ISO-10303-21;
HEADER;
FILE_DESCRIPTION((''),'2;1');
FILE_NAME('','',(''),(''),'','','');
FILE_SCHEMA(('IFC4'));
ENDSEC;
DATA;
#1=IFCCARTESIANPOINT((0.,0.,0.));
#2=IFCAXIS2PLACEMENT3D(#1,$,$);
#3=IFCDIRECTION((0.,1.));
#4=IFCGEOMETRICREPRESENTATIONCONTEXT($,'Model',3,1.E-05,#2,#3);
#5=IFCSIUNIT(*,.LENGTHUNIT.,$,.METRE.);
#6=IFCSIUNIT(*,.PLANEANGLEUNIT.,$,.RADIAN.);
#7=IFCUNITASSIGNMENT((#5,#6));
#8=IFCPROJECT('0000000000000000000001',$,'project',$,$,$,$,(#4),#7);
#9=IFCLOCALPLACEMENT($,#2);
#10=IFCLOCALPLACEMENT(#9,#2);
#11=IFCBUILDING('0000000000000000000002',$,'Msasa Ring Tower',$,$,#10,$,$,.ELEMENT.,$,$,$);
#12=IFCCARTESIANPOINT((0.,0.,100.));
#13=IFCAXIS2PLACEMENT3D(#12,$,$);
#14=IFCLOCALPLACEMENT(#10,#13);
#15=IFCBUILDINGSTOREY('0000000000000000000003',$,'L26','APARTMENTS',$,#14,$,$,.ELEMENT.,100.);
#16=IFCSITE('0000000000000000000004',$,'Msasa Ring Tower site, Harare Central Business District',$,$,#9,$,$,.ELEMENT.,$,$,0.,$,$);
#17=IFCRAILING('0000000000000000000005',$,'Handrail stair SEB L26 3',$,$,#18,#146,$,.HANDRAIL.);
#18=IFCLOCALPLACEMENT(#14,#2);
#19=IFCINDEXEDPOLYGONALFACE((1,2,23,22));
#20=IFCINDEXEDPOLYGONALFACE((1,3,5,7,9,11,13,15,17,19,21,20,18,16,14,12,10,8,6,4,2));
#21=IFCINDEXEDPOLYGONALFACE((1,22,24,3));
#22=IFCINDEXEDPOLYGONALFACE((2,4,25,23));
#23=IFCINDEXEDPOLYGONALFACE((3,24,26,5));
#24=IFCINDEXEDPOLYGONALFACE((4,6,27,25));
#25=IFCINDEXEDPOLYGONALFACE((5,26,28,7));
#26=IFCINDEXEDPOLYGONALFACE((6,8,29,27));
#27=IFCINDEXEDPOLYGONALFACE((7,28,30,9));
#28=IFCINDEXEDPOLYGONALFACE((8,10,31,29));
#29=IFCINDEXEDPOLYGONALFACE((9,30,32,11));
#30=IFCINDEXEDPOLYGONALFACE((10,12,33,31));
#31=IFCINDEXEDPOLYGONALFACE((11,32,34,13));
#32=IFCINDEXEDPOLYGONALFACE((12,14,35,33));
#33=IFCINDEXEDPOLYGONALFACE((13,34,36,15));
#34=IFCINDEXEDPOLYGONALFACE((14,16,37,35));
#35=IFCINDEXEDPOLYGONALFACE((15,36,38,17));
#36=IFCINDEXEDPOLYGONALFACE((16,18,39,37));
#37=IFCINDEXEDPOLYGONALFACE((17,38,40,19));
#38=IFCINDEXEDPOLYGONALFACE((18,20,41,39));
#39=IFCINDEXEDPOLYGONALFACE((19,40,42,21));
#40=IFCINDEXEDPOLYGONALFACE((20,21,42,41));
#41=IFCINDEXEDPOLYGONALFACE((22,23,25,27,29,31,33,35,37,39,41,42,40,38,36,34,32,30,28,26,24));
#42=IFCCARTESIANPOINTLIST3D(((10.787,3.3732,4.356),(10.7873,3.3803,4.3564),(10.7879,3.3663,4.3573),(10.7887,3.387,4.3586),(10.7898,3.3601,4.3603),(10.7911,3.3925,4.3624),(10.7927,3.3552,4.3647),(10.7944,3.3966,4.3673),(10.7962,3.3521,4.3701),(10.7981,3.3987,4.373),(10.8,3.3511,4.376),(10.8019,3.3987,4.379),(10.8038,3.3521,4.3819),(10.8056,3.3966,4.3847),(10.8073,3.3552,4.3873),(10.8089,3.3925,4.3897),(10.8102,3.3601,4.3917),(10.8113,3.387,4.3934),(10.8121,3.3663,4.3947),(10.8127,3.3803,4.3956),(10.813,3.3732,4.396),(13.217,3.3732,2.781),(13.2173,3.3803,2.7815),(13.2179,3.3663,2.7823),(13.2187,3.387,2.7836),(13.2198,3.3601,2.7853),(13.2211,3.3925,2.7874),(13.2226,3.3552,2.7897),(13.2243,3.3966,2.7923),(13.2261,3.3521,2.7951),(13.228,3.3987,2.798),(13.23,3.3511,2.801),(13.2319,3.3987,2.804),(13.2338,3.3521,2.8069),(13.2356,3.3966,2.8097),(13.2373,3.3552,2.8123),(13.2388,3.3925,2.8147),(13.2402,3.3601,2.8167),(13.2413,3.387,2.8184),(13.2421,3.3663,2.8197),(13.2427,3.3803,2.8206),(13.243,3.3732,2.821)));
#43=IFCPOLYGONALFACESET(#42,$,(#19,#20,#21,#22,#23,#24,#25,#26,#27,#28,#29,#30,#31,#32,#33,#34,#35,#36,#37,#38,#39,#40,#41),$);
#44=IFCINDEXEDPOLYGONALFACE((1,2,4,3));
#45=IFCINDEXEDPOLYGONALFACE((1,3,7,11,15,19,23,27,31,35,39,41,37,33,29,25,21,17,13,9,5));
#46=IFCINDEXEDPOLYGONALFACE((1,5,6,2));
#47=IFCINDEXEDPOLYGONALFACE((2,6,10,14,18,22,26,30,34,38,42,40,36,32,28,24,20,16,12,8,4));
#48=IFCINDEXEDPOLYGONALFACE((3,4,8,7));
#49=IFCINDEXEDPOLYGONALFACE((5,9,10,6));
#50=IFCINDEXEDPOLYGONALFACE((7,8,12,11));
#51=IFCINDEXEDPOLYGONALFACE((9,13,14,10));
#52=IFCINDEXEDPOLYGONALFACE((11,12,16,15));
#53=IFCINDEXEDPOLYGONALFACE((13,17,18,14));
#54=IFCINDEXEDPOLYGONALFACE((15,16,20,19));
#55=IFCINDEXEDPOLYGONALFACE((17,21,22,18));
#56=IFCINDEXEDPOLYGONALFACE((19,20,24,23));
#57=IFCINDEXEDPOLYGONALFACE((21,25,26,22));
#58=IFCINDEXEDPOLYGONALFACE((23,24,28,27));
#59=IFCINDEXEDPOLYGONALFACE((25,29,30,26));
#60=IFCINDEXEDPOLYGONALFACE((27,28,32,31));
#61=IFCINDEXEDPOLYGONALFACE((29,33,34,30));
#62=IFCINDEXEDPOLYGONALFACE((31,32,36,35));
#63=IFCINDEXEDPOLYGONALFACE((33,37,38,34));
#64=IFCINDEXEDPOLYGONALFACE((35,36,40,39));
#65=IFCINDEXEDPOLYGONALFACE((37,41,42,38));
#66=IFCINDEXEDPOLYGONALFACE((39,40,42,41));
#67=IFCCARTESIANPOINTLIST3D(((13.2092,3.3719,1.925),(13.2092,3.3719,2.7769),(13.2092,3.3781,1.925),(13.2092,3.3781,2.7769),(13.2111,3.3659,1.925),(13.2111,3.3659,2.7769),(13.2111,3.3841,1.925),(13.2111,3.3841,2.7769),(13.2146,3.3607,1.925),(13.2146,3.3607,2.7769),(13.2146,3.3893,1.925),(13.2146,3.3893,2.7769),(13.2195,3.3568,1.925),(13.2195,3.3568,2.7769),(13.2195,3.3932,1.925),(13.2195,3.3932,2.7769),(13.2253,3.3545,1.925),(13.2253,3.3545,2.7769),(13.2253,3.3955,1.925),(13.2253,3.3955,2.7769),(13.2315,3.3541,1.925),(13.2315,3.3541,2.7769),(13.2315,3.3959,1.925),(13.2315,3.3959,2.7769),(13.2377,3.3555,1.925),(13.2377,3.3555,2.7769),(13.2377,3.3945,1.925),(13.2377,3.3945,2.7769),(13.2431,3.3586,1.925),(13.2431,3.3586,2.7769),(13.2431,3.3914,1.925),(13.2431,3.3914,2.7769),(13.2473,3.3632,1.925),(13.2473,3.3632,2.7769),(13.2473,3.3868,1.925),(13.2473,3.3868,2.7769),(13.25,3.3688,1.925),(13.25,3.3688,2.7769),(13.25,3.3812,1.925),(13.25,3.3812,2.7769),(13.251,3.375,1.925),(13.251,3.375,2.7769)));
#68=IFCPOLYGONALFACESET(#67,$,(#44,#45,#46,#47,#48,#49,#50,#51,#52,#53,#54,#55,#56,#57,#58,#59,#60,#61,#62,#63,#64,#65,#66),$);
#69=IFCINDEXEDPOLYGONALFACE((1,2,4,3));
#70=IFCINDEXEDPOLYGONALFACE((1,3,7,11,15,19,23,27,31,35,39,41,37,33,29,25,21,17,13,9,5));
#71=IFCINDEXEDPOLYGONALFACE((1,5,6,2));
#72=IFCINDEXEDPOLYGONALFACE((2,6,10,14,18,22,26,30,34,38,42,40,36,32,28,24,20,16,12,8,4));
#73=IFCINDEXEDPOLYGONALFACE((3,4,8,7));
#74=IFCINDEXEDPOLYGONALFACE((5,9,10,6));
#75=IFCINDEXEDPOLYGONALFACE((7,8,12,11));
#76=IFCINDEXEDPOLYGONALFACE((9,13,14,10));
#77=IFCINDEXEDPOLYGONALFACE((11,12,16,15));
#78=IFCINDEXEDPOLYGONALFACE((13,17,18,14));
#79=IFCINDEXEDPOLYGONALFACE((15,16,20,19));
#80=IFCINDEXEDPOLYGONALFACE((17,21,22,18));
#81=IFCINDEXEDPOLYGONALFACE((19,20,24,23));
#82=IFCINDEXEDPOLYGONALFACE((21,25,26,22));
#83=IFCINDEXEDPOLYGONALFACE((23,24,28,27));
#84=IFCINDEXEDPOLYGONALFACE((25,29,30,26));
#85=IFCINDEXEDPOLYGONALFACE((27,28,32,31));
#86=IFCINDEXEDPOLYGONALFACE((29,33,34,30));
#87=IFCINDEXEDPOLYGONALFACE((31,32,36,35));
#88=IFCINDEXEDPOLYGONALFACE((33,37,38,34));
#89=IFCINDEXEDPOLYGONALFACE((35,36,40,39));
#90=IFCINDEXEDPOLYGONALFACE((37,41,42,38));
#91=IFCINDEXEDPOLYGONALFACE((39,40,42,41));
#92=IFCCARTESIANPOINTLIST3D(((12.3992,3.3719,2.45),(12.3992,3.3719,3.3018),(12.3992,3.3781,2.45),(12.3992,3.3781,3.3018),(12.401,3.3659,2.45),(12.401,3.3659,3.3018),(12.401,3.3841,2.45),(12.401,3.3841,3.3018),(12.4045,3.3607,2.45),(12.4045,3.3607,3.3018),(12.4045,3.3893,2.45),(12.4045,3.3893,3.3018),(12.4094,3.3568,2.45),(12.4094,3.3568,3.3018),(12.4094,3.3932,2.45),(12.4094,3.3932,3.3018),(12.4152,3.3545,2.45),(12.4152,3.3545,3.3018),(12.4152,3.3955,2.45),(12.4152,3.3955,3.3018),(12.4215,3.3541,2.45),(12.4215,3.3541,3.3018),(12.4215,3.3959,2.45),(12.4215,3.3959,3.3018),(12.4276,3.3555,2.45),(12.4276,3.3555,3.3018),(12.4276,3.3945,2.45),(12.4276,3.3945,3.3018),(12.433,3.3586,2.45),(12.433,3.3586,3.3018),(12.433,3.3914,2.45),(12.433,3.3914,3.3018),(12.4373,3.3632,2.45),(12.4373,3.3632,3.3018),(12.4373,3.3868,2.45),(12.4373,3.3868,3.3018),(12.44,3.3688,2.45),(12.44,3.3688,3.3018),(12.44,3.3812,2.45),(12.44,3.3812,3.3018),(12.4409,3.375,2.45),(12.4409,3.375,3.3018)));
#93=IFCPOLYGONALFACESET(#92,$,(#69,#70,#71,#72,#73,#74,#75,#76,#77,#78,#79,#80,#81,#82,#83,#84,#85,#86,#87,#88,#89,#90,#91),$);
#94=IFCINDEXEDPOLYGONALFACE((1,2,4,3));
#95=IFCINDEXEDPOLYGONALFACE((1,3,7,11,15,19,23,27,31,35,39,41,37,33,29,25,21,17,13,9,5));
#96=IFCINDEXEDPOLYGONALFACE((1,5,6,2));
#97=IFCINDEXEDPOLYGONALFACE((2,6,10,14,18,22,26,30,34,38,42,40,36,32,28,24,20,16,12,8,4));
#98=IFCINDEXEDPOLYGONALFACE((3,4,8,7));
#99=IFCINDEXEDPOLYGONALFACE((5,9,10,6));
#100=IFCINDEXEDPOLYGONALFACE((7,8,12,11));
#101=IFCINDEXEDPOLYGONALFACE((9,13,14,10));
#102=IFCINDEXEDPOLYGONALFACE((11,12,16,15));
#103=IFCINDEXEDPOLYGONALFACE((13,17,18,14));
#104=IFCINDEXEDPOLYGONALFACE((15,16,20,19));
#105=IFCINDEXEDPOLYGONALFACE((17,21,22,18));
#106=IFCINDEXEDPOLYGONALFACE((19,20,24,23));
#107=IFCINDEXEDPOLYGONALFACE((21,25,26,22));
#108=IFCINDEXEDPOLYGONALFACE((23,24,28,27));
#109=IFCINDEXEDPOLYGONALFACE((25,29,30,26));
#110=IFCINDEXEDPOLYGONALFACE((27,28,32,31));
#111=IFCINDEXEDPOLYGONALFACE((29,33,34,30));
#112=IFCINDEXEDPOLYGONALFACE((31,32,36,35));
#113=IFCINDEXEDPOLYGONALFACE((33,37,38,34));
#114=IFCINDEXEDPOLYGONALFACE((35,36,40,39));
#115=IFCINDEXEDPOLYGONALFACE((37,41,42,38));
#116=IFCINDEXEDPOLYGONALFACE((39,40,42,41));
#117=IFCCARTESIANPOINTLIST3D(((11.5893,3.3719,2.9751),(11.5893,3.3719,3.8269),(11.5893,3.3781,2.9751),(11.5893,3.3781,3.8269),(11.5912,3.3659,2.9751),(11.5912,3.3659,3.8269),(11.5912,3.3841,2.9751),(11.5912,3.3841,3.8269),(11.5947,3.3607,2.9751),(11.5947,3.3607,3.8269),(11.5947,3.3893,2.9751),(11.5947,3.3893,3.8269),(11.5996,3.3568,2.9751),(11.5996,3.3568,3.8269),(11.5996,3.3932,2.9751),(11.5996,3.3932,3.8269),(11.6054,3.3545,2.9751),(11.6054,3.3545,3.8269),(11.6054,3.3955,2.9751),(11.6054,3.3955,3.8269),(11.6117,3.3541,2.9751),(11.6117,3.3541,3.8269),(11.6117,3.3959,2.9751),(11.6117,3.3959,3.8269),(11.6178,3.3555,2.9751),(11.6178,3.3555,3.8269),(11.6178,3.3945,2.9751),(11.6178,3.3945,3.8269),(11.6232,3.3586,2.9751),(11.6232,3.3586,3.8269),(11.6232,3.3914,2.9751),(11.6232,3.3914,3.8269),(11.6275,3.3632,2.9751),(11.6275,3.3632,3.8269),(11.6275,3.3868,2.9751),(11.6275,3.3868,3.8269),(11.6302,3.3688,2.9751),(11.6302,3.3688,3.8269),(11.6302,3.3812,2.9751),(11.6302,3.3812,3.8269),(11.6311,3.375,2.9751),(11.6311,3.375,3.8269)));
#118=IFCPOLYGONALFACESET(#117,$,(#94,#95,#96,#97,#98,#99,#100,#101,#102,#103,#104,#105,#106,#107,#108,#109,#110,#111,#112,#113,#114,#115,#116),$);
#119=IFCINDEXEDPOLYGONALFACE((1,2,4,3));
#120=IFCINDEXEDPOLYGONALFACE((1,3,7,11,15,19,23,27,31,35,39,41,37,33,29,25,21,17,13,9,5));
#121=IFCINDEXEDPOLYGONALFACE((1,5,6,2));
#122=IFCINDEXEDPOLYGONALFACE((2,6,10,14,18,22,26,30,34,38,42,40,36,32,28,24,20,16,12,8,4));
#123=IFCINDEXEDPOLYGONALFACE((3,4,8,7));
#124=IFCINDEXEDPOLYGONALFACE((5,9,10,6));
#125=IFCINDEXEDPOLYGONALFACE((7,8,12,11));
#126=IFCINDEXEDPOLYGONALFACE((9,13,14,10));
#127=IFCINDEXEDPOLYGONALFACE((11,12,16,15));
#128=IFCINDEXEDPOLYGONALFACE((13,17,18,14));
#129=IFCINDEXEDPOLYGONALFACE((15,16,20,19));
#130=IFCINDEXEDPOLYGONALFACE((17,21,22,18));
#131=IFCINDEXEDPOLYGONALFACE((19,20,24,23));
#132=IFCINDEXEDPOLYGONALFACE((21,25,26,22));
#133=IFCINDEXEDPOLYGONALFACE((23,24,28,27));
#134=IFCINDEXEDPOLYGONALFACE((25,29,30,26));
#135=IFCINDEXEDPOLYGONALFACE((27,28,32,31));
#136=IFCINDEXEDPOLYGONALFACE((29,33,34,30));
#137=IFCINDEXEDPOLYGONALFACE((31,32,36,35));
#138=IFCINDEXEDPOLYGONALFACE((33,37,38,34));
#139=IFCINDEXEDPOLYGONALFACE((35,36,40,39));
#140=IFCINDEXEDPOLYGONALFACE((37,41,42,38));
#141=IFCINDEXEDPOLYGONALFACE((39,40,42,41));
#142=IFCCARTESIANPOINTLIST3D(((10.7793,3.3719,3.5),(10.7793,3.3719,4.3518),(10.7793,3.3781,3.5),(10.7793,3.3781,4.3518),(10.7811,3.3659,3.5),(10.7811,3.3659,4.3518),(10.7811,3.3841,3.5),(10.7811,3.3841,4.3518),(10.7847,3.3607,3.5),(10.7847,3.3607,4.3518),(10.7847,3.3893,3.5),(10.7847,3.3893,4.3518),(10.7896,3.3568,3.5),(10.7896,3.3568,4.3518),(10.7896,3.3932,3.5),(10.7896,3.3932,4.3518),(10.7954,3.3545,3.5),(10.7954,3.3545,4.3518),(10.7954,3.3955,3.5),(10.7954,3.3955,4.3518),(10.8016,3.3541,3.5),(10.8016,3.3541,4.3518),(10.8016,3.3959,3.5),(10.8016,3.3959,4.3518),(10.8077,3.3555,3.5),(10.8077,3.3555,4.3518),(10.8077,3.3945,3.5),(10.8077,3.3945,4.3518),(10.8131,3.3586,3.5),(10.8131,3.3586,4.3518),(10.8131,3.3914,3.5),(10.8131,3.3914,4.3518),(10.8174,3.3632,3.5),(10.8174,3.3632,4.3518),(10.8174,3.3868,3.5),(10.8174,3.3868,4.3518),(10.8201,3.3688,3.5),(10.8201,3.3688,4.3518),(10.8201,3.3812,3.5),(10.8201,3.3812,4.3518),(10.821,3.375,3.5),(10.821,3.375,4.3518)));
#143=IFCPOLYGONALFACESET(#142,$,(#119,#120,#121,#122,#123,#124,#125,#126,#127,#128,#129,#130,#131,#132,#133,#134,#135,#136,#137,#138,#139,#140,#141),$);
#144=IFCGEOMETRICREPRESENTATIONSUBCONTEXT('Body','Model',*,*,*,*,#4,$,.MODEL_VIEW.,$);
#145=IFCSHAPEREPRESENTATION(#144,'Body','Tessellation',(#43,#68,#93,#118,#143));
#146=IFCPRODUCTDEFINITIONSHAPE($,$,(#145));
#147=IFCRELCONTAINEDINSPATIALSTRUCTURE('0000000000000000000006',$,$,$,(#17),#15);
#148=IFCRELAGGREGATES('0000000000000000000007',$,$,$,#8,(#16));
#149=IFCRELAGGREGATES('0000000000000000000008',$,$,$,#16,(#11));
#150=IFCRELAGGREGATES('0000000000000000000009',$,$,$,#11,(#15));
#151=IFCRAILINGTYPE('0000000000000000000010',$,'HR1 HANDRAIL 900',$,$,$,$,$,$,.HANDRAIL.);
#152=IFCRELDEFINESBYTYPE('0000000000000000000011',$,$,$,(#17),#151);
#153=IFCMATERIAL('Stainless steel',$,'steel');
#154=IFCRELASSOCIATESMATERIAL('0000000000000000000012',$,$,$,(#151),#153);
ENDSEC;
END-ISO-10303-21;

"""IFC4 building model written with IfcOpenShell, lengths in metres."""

from ifc_helpers import new_model, si_unit, direction, frame, origin, origin_2d, place, context, subcontext, project, spatial, circle, extrude, material, type_object, element, save


model = new_model("IFC4")

# Units and contexts
model_context = context("Model", 3, precision=1e-05, world=origin(), true_north=direction((0.0, 1.0)))
body_context = subcontext(model_context, "Body", "Model", "MODEL_VIEW")
ifc_project = project(units=[si_unit("LENGTHUNIT", "METRE"), si_unit("PLANEANGLEUNIT", "RADIAN")], contexts=[model_context])

# Site, building, storey
site_placement = place(None, origin())
site = spatial("IfcSite", under=ifc_project, at=site_placement, Name="Msasa Ring Tower site, Harare Central Business District", CompositionType="ELEMENT", RefElevation=0.0)
building_placement = place(site_placement, origin())
building = spatial("IfcBuilding", under=site, at=building_placement, Name="Msasa Ring Tower", CompositionType="ELEMENT")
storey_placement = place(building_placement, frame((0.0, 0.0, 100.0)))
storey = spatial("IfcBuildingStorey", under=building, at=storey_placement, Name="L26", Description="APARTMENTS", CompositionType="ELEMENT", Elevation=100.0)

# Railing
ifc_material_1 = material(Name="Stainless steel", Category="steel")
railing_type = type_object("IfcRailingType", Name="HR1 HANDRAIL 900", PredefinedType="HANDRAIL", material=ifc_material_1)
for number, where, name in (
    (1, (13.23, 3.375, 1.925), "Handrail stair SEB L26 3"),
):
    element("IfcRailing", number, at=place(storey_placement, frame(where)), inside=storey, type_object=railing_type, Name=name, PredefinedType="HANDRAIL", context=body_context, shape_type="SweptSolid", body=[
        extrude(circle(Radius=0.0239, at=origin_2d()), frame((0.0, 0.0, 0.876), z_axis=(-0.839154, 0.0, 0.543894), x_axis=(0.0, -1.0, 0.0)), (0.0, 0.0, 1.0), 2.8958),
        extrude(circle(Radius=0.021, at=origin_2d()), origin(), (0.0, 0.0, 1.0), 0.8518),
        extrude(circle(Radius=0.021, at=origin_2d()), frame((-0.8101, 0.0, 0.5249)), (0.0, 0.0, 1.0), 0.8518),
        extrude(circle(Radius=0.021, at=origin_2d()), frame((-1.6199, 0.0, 1.05)), (0.0, 0.0, 1.0), 0.8518),
        extrude(circle(Radius=0.021, at=origin_2d()), frame((-2.4299, 0.0, 1.575)), (0.0, 0.0, 1.0), 0.8518),
    ])

save(model, "model.ifc")
